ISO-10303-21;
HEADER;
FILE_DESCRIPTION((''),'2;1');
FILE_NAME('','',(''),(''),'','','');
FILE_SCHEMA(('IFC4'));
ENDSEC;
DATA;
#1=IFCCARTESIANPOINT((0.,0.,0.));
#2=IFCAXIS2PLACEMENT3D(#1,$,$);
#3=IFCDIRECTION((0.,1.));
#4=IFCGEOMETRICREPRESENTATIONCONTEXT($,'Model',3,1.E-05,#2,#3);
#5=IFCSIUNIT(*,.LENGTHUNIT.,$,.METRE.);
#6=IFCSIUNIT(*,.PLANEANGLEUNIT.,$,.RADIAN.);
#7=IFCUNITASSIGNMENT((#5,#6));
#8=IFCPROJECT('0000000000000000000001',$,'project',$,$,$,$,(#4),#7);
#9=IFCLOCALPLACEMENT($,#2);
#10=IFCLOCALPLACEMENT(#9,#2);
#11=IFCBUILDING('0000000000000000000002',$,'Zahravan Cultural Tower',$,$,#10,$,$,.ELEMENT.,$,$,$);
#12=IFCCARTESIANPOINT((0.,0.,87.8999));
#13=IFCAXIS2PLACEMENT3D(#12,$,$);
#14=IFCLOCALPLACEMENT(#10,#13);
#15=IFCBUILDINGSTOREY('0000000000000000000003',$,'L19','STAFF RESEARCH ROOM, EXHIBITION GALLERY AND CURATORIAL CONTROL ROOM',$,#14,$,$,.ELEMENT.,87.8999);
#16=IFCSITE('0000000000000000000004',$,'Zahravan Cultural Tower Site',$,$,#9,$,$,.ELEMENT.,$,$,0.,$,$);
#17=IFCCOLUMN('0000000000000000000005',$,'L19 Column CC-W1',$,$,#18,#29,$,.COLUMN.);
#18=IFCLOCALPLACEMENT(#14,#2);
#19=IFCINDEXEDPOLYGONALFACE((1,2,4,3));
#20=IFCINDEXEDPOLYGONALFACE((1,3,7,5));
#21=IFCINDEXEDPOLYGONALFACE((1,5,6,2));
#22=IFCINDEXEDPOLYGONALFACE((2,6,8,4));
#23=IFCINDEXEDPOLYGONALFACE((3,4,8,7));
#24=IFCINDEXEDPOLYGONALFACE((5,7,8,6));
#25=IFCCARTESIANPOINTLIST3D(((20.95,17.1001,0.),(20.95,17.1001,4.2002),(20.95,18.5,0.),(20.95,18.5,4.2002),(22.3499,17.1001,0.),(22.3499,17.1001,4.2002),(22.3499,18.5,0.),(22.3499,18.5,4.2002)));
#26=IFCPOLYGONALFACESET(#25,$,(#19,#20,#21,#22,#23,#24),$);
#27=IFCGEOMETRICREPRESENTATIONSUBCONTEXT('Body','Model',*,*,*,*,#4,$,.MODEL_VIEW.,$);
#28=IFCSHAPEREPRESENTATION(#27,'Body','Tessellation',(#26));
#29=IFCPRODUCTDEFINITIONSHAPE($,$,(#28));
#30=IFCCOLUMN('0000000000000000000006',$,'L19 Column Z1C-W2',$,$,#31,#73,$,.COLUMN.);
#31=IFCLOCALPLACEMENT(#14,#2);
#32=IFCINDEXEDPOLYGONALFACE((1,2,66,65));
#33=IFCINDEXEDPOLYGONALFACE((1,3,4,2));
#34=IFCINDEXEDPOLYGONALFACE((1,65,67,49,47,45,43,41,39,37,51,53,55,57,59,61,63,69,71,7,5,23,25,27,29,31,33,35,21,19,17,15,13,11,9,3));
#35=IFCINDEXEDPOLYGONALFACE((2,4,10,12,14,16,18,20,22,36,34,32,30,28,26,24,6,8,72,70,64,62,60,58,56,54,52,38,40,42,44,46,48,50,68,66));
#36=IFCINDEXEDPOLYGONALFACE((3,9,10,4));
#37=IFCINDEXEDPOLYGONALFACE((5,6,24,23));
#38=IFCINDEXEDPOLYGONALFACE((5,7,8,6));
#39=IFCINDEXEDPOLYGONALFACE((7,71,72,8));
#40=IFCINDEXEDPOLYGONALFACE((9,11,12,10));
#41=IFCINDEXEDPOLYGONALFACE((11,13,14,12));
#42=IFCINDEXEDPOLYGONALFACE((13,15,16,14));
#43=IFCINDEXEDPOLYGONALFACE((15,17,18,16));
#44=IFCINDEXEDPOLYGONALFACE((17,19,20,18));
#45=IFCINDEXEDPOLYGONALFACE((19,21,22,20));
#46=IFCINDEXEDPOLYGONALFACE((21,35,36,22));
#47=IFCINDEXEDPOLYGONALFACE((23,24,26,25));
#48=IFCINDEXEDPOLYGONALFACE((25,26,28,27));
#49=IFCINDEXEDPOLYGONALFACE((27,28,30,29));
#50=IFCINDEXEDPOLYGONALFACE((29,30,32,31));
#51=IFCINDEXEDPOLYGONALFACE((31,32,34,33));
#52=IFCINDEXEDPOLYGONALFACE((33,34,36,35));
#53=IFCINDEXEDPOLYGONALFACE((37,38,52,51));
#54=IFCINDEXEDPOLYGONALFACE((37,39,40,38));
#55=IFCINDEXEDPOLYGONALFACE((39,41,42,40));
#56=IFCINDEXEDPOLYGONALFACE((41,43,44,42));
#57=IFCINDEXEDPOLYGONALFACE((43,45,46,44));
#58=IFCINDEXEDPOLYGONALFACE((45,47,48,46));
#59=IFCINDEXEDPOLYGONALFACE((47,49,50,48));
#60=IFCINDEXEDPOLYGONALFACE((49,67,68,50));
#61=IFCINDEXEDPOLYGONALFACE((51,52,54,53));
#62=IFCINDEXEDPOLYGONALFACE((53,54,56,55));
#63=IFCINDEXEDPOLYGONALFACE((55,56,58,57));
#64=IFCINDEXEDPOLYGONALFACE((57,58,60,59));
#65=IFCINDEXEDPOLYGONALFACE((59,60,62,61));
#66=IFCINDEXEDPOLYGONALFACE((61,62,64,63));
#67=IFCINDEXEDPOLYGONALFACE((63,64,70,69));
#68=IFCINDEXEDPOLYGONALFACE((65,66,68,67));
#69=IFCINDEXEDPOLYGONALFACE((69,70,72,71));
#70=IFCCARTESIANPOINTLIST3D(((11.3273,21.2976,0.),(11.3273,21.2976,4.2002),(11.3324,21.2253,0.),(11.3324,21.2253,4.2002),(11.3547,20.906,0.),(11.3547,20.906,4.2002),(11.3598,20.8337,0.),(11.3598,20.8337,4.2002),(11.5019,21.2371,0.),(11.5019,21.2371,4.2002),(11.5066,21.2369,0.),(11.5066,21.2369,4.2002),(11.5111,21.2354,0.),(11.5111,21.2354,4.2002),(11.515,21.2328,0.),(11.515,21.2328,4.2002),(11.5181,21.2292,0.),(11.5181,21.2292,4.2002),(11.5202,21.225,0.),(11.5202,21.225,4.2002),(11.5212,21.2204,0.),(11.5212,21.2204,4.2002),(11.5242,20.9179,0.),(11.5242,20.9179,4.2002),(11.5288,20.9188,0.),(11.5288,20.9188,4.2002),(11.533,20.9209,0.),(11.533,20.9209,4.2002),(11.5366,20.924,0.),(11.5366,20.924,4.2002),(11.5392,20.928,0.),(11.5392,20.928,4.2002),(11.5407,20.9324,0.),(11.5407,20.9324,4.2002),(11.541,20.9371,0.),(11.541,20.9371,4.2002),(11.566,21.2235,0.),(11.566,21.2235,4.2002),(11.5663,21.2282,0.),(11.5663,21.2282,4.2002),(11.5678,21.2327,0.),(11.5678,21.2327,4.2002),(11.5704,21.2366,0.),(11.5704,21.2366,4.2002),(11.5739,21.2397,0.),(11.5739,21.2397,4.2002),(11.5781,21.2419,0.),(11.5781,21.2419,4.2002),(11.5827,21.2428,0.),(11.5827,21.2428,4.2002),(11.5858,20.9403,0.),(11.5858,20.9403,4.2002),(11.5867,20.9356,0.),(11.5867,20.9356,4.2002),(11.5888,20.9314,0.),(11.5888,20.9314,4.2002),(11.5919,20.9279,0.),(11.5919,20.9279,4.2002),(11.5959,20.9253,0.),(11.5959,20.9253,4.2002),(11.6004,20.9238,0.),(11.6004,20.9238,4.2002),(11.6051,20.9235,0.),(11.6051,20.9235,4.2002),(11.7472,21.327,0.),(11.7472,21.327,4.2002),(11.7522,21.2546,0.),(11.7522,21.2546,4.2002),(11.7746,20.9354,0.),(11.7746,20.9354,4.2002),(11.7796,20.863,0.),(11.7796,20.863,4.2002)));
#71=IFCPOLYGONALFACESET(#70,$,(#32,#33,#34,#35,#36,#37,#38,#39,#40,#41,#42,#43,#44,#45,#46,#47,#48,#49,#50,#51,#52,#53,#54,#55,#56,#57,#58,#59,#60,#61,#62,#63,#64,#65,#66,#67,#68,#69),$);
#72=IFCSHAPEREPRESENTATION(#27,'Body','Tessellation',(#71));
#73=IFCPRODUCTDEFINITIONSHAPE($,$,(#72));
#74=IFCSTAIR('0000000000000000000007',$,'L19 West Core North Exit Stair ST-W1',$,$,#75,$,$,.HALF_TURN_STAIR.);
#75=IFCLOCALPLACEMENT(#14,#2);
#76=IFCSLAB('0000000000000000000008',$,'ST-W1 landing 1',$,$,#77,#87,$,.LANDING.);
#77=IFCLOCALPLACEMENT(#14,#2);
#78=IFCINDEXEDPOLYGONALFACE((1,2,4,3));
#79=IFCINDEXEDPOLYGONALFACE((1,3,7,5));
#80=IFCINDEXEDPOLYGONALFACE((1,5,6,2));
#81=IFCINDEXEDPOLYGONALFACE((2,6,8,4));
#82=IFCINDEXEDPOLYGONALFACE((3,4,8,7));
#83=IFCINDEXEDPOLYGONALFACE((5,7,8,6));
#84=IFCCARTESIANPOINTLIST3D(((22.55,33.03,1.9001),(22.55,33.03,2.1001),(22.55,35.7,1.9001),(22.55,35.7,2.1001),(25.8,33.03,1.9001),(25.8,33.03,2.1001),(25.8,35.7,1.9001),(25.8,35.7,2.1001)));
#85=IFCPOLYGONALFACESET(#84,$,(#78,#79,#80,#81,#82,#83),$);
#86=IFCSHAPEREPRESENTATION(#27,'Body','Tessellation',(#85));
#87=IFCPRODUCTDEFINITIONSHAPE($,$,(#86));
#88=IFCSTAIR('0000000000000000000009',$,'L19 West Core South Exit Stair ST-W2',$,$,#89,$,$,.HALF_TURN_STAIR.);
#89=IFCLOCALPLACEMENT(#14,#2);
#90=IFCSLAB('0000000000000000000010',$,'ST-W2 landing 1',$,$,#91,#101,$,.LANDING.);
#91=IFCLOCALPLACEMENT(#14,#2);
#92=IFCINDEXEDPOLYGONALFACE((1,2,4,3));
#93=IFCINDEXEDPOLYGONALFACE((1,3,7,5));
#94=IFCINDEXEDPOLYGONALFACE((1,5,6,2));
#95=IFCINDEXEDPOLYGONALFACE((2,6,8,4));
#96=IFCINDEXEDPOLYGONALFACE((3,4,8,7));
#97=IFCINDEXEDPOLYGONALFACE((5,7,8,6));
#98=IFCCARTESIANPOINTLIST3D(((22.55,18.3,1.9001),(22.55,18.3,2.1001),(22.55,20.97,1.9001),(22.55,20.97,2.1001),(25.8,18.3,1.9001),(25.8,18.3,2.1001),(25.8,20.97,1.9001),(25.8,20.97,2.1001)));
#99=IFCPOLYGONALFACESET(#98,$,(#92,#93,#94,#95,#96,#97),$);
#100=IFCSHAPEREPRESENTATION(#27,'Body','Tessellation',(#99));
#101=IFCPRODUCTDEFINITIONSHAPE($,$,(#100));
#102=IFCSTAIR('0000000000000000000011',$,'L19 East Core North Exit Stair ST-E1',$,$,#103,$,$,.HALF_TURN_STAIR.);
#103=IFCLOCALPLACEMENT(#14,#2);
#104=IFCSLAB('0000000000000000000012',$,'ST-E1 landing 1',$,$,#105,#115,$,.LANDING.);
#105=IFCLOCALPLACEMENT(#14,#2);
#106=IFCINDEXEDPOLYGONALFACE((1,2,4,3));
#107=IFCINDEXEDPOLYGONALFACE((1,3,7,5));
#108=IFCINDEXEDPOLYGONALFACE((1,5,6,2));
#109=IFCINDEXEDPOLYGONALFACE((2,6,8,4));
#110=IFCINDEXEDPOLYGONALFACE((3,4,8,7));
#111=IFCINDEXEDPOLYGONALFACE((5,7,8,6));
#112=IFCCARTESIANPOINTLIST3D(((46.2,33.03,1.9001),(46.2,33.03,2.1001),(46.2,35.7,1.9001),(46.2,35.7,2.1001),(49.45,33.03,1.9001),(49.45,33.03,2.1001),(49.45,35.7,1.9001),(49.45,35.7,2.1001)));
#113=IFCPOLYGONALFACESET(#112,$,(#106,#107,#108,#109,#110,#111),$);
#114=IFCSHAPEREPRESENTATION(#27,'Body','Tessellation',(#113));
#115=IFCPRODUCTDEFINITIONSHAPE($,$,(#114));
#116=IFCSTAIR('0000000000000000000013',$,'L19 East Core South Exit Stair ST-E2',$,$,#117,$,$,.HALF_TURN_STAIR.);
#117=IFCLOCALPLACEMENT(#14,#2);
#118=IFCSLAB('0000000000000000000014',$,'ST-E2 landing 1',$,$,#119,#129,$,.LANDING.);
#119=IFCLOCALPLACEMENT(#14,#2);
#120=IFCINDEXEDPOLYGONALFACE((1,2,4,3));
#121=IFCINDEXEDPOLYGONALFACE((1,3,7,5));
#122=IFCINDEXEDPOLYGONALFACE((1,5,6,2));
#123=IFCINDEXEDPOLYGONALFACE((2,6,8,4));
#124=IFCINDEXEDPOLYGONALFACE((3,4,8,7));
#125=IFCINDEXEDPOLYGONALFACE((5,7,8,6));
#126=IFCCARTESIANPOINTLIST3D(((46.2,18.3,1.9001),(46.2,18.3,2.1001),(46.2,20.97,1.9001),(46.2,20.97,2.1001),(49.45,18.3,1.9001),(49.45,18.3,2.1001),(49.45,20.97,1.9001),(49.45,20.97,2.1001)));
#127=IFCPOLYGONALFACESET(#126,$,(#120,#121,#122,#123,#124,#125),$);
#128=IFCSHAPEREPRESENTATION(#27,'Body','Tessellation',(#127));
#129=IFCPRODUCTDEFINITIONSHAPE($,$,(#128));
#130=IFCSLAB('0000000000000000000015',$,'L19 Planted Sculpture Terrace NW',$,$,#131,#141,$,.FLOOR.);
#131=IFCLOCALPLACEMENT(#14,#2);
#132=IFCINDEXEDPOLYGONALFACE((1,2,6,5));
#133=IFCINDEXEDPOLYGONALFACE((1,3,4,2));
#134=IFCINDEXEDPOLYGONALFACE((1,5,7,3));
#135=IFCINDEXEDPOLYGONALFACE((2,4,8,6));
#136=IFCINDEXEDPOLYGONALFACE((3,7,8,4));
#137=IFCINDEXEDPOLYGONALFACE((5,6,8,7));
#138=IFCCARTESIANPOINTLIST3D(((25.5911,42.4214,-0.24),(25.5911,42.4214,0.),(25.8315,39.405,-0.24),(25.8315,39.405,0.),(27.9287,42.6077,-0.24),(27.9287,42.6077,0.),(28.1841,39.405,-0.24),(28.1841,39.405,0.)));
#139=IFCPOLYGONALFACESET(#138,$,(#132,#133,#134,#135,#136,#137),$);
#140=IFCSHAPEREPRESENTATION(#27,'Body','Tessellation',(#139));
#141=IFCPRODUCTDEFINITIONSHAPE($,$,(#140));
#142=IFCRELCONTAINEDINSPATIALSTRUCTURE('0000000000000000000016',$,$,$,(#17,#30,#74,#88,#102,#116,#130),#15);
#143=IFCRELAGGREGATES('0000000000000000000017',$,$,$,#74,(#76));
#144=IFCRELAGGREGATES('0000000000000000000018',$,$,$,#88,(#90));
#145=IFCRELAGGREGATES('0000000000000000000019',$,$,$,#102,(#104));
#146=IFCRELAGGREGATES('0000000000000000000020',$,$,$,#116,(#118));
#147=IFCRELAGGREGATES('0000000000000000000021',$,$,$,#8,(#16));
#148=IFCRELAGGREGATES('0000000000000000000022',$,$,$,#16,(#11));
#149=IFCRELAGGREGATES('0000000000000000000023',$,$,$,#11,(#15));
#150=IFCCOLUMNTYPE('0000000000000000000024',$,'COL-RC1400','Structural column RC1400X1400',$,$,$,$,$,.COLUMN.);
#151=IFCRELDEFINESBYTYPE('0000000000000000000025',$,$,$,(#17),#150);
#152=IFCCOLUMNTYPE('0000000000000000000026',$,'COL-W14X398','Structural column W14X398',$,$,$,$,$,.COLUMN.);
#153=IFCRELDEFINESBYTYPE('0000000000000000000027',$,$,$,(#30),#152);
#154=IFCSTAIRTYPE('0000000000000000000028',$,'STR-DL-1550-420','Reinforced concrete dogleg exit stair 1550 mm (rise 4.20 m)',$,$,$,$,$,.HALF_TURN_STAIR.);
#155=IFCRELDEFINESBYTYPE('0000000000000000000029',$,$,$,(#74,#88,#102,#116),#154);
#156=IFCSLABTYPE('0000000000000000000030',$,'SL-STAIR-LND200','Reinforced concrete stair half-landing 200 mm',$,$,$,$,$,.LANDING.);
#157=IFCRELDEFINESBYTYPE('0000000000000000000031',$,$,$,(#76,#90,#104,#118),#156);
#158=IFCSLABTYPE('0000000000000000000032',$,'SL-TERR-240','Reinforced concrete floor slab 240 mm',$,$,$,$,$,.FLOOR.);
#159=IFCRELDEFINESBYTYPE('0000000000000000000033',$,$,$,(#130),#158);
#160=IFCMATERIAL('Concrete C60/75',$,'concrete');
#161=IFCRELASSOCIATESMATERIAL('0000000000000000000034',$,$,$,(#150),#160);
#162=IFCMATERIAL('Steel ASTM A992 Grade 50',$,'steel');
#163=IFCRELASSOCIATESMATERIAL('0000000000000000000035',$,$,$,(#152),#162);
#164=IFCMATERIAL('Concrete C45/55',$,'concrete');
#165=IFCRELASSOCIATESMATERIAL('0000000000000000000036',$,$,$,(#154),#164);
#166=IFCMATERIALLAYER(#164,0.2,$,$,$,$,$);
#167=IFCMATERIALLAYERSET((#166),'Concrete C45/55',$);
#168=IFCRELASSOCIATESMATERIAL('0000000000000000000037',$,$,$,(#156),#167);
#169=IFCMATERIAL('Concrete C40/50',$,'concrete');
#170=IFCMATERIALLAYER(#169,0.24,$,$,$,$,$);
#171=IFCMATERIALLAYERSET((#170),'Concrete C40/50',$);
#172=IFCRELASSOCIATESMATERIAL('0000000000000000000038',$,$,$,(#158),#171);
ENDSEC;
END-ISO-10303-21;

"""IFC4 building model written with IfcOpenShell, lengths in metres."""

from ifc_helpers import new_model, si_unit, direction, frame, origin, origin_2d, place, context, subcontext, project, spatial, polyline, rectangle, i_section, outline, extrude, source, transform, mapped, material, layer, layer_set, material_profile, profile_set, type_object, element, aggregate, save


model = new_model("IFC4")

# Units and contexts
model_context = context("Model", 3, precision=1e-05, world=origin(), true_north=direction((0.0, 1.0)))
body_context = subcontext(model_context, "Body", "Model", "MODEL_VIEW")
ifc_project = project(units=[si_unit("LENGTHUNIT", "METRE"), si_unit("PLANEANGLEUNIT", "RADIAN")], contexts=[model_context])

# Site, building, storey
site_placement = place(None, origin())
site = spatial("IfcSite", under=ifc_project, at=site_placement, Name="Zahravan Cultural Tower Site", CompositionType="ELEMENT", RefElevation=0.0)
building_placement = place(site_placement, origin())
building = spatial("IfcBuilding", under=site, at=building_placement, Name="Zahravan Cultural Tower", CompositionType="ELEMENT")
storey_placement = place(building_placement, frame((0.0, 0.0, 87.8999)))
storey = spatial("IfcBuildingStorey", under=building, at=storey_placement, Name="L19", Description="STAFF RESEARCH ROOM, EXHIBITION GALLERY AND CURATORIAL CONTROL ROOM", CompositionType="ELEMENT", Elevation=87.8999)

# Columns
ifc_material_1 = material(Name="Concrete C60/75", Category="concrete")
ifc_material_profile_1 = material_profile(ifc_material_1, rectangle(XDim=1.3999, YDim=1.3999, at=origin_2d()), Name="RC1400X1400")
ifc_profile_set_1 = profile_set([ifc_material_profile_1], Name="Concrete C60/75")
column_type_1 = type_object("IfcColumnType", Name="COL-RC1400", Description="Structural column RC1400X1400", PredefinedType="COLUMN", material=ifc_profile_set_1)
shared_shape_1 = source(origin(), body_context, "Body", "SweptSolid", [
    extrude(rectangle(XDim=1.3999, YDim=1.3999, at=origin_2d()), origin(), (0.0, 0.0, 1.0), 4.2002),
])
column_1_placement = place(storey_placement, frame((21.6499, 17.8, 0.0), z_axis=(0.0, 0.0, 1.0), x_axis=(1.0, 0.0, 0.0)))
element("IfcColumn", 1, at=column_1_placement, inside=storey, type_object=column_type_1, Name="L19 Column CC-W1", PredefinedType="COLUMN", context=body_context, shape_type="MappedRepresentation", body=[
    mapped(shared_shape_1, transform((0.0, 0.0, 0.0), x_axis=(1.0, 0.0, 0.0), y_axis=(0.0, 1.0, 0.0), z_axis=(0.0, 0.0, 1.0), scale=1.0)),
])
ifc_material_2 = material(Name="Steel ASTM A992 Grade 50", Category="steel")
ifc_material_profile_2 = material_profile(ifc_material_2, i_section(OverallWidth=0.4209, OverallDepth=0.4651, WebThickness=0.0449, FlangeThickness=0.0725, FilletRadius=0.0181, at=origin_2d()), Name="W14X398")
ifc_profile_set_2 = profile_set([ifc_material_profile_2], Name="Steel ASTM A992 Grade 50")
column_type_2 = type_object("IfcColumnType", Name="COL-W14X398", Description="Structural column W14X398", PredefinedType="COLUMN", material=ifc_profile_set_2)
shared_shape_2 = source(origin(), body_context, "Body", "SweptSolid", [
    extrude(i_section(OverallWidth=0.4209, OverallDepth=0.4651, WebThickness=0.0449, FlangeThickness=0.0725, FilletRadius=0.0181, at=origin_2d()), origin(), (0.0, 0.0, 1.0), 4.2002),
])
column_2_placement = place(storey_placement, frame((11.5535, 21.0803, 0.0), z_axis=(0.0, 0.0, 1.0), x_axis=(0.997564, 0.069756, 0.0)))
element("IfcColumn", 2, at=column_2_placement, inside=storey, type_object=column_type_2, Name="L19 Column Z1C-W2", PredefinedType="COLUMN", context=body_context, shape_type="MappedRepresentation", body=[
    mapped(shared_shape_2, transform((0.0, 0.0, 0.0), x_axis=(1.0, 0.0, 0.0), y_axis=(0.0, 1.0, 0.0), z_axis=(0.0, 0.0, 1.0), scale=1.0)),
])

# Stairs, slabs
ifc_material_3 = material(Name="Concrete C45/55", Category="concrete")
stair_type = type_object("IfcStairType", Name="STR-DL-1550-420", Description="Reinforced concrete dogleg exit stair 1550 mm (rise 4.20 m)", PredefinedType="HALF_TURN_STAIR", material=ifc_material_3)
stair_1_placement = place(storey_placement, origin())
stair_1 = element("IfcStair", 3, at=stair_1_placement, inside=storey, type_object=stair_type, Name="L19 West Core North Exit Stair ST-W1", PredefinedType="HALF_TURN_STAIR")
ifc_layer_1 = layer(ifc_material_3, 0.2)
ifc_layer_set_1 = layer_set([ifc_layer_1], Name="Concrete C45/55")
slab_type_1 = type_object("IfcSlabType", Name="SL-STAIR-LND200", Description="Reinforced concrete stair half-landing 200 mm", PredefinedType="LANDING", material=ifc_layer_set_1)
slab_1_placement = place(storey_placement, frame((0.0, 0.0, 1.9001)))
slab_1 = element("IfcSlab", 4, at=slab_1_placement, type_object=slab_type_1, Name="ST-W1 landing 1", PredefinedType="LANDING", context=body_context, shape_type="SweptSolid", body=[
    extrude(outline(polyline([(25.8, 33.03), (25.8, 35.7), (22.55, 35.7), (22.55, 33.03), (25.8, 33.03)])), origin(), (0.0, 0.0, 1.0), 0.2),
])
aggregate(stair_1, [slab_1])
stair_2_placement = place(storey_placement, origin())
stair_2 = element("IfcStair", 5, at=stair_2_placement, inside=storey, type_object=stair_type, Name="L19 West Core South Exit Stair ST-W2", PredefinedType="HALF_TURN_STAIR")
slab_2_placement = place(storey_placement, frame((0.0, 0.0, 1.9001)))
slab_2 = element("IfcSlab", 6, at=slab_2_placement, type_object=slab_type_1, Name="ST-W2 landing 1", PredefinedType="LANDING", context=body_context, shape_type="SweptSolid", body=[
    extrude(outline(polyline([(22.55, 20.97), (22.55, 18.3), (25.8, 18.3), (25.8, 20.97), (22.55, 20.97)])), origin(), (0.0, 0.0, 1.0), 0.2),
])
aggregate(stair_2, [slab_2])
stair_3_placement = place(storey_placement, origin())
stair_3 = element("IfcStair", 7, at=stair_3_placement, inside=storey, type_object=stair_type, Name="L19 East Core North Exit Stair ST-E1", PredefinedType="HALF_TURN_STAIR")
slab_3_placement = place(storey_placement, frame((0.0, 0.0, 1.9001)))
slab_3 = element("IfcSlab", 8, at=slab_3_placement, type_object=slab_type_1, Name="ST-E1 landing 1", PredefinedType="LANDING", context=body_context, shape_type="SweptSolid", body=[
    extrude(outline(polyline([(49.45, 33.03), (49.45, 35.7), (46.2, 35.7), (46.2, 33.03), (49.45, 33.03)])), origin(), (0.0, 0.0, 1.0), 0.2),
])
aggregate(stair_3, [slab_3])
stair_4_placement = place(storey_placement, origin())
stair_4 = element("IfcStair", 9, at=stair_4_placement, inside=storey, type_object=stair_type, Name="L19 East Core South Exit Stair ST-E2", PredefinedType="HALF_TURN_STAIR")
slab_4_placement = place(storey_placement, frame((0.0, 0.0, 1.9001)))
slab_4 = element("IfcSlab", 10, at=slab_4_placement, type_object=slab_type_1, Name="ST-E2 landing 1", PredefinedType="LANDING", context=body_context, shape_type="SweptSolid", body=[
    extrude(outline(polyline([(46.2, 20.97), (46.2, 18.3), (49.45, 18.3), (49.45, 20.97), (46.2, 20.97)])), origin(), (0.0, 0.0, 1.0), 0.2),
])
aggregate(stair_4, [slab_4])

# Slab
ifc_material_4 = material(Name="Concrete C40/50", Category="concrete")
ifc_layer_2 = layer(ifc_material_4, 0.24)
ifc_layer_set_2 = layer_set([ifc_layer_2], Name="Concrete C40/50")
slab_type_2 = type_object("IfcSlabType", Name="SL-TERR-240", Description="Reinforced concrete floor slab 240 mm", PredefinedType="FLOOR", material=ifc_layer_set_2)
slab_5_placement = place(storey_placement, frame((0.0, 0.0, -0.24)))
element("IfcSlab", 11, at=slab_5_placement, inside=storey, type_object=slab_type_2, Name="L19 Planted Sculpture Terrace NW", PredefinedType="FLOOR", context=body_context, shape_type="SweptSolid", body=[
    extrude(outline(polyline([(25.5911, 42.4214), (25.8315, 39.405), (28.1841, 39.405), (27.9287, 42.6077), (25.5911, 42.4214)])), origin(), (0.0, 0.0, 1.0), 0.24),
])

save(model, "model.ifc")
